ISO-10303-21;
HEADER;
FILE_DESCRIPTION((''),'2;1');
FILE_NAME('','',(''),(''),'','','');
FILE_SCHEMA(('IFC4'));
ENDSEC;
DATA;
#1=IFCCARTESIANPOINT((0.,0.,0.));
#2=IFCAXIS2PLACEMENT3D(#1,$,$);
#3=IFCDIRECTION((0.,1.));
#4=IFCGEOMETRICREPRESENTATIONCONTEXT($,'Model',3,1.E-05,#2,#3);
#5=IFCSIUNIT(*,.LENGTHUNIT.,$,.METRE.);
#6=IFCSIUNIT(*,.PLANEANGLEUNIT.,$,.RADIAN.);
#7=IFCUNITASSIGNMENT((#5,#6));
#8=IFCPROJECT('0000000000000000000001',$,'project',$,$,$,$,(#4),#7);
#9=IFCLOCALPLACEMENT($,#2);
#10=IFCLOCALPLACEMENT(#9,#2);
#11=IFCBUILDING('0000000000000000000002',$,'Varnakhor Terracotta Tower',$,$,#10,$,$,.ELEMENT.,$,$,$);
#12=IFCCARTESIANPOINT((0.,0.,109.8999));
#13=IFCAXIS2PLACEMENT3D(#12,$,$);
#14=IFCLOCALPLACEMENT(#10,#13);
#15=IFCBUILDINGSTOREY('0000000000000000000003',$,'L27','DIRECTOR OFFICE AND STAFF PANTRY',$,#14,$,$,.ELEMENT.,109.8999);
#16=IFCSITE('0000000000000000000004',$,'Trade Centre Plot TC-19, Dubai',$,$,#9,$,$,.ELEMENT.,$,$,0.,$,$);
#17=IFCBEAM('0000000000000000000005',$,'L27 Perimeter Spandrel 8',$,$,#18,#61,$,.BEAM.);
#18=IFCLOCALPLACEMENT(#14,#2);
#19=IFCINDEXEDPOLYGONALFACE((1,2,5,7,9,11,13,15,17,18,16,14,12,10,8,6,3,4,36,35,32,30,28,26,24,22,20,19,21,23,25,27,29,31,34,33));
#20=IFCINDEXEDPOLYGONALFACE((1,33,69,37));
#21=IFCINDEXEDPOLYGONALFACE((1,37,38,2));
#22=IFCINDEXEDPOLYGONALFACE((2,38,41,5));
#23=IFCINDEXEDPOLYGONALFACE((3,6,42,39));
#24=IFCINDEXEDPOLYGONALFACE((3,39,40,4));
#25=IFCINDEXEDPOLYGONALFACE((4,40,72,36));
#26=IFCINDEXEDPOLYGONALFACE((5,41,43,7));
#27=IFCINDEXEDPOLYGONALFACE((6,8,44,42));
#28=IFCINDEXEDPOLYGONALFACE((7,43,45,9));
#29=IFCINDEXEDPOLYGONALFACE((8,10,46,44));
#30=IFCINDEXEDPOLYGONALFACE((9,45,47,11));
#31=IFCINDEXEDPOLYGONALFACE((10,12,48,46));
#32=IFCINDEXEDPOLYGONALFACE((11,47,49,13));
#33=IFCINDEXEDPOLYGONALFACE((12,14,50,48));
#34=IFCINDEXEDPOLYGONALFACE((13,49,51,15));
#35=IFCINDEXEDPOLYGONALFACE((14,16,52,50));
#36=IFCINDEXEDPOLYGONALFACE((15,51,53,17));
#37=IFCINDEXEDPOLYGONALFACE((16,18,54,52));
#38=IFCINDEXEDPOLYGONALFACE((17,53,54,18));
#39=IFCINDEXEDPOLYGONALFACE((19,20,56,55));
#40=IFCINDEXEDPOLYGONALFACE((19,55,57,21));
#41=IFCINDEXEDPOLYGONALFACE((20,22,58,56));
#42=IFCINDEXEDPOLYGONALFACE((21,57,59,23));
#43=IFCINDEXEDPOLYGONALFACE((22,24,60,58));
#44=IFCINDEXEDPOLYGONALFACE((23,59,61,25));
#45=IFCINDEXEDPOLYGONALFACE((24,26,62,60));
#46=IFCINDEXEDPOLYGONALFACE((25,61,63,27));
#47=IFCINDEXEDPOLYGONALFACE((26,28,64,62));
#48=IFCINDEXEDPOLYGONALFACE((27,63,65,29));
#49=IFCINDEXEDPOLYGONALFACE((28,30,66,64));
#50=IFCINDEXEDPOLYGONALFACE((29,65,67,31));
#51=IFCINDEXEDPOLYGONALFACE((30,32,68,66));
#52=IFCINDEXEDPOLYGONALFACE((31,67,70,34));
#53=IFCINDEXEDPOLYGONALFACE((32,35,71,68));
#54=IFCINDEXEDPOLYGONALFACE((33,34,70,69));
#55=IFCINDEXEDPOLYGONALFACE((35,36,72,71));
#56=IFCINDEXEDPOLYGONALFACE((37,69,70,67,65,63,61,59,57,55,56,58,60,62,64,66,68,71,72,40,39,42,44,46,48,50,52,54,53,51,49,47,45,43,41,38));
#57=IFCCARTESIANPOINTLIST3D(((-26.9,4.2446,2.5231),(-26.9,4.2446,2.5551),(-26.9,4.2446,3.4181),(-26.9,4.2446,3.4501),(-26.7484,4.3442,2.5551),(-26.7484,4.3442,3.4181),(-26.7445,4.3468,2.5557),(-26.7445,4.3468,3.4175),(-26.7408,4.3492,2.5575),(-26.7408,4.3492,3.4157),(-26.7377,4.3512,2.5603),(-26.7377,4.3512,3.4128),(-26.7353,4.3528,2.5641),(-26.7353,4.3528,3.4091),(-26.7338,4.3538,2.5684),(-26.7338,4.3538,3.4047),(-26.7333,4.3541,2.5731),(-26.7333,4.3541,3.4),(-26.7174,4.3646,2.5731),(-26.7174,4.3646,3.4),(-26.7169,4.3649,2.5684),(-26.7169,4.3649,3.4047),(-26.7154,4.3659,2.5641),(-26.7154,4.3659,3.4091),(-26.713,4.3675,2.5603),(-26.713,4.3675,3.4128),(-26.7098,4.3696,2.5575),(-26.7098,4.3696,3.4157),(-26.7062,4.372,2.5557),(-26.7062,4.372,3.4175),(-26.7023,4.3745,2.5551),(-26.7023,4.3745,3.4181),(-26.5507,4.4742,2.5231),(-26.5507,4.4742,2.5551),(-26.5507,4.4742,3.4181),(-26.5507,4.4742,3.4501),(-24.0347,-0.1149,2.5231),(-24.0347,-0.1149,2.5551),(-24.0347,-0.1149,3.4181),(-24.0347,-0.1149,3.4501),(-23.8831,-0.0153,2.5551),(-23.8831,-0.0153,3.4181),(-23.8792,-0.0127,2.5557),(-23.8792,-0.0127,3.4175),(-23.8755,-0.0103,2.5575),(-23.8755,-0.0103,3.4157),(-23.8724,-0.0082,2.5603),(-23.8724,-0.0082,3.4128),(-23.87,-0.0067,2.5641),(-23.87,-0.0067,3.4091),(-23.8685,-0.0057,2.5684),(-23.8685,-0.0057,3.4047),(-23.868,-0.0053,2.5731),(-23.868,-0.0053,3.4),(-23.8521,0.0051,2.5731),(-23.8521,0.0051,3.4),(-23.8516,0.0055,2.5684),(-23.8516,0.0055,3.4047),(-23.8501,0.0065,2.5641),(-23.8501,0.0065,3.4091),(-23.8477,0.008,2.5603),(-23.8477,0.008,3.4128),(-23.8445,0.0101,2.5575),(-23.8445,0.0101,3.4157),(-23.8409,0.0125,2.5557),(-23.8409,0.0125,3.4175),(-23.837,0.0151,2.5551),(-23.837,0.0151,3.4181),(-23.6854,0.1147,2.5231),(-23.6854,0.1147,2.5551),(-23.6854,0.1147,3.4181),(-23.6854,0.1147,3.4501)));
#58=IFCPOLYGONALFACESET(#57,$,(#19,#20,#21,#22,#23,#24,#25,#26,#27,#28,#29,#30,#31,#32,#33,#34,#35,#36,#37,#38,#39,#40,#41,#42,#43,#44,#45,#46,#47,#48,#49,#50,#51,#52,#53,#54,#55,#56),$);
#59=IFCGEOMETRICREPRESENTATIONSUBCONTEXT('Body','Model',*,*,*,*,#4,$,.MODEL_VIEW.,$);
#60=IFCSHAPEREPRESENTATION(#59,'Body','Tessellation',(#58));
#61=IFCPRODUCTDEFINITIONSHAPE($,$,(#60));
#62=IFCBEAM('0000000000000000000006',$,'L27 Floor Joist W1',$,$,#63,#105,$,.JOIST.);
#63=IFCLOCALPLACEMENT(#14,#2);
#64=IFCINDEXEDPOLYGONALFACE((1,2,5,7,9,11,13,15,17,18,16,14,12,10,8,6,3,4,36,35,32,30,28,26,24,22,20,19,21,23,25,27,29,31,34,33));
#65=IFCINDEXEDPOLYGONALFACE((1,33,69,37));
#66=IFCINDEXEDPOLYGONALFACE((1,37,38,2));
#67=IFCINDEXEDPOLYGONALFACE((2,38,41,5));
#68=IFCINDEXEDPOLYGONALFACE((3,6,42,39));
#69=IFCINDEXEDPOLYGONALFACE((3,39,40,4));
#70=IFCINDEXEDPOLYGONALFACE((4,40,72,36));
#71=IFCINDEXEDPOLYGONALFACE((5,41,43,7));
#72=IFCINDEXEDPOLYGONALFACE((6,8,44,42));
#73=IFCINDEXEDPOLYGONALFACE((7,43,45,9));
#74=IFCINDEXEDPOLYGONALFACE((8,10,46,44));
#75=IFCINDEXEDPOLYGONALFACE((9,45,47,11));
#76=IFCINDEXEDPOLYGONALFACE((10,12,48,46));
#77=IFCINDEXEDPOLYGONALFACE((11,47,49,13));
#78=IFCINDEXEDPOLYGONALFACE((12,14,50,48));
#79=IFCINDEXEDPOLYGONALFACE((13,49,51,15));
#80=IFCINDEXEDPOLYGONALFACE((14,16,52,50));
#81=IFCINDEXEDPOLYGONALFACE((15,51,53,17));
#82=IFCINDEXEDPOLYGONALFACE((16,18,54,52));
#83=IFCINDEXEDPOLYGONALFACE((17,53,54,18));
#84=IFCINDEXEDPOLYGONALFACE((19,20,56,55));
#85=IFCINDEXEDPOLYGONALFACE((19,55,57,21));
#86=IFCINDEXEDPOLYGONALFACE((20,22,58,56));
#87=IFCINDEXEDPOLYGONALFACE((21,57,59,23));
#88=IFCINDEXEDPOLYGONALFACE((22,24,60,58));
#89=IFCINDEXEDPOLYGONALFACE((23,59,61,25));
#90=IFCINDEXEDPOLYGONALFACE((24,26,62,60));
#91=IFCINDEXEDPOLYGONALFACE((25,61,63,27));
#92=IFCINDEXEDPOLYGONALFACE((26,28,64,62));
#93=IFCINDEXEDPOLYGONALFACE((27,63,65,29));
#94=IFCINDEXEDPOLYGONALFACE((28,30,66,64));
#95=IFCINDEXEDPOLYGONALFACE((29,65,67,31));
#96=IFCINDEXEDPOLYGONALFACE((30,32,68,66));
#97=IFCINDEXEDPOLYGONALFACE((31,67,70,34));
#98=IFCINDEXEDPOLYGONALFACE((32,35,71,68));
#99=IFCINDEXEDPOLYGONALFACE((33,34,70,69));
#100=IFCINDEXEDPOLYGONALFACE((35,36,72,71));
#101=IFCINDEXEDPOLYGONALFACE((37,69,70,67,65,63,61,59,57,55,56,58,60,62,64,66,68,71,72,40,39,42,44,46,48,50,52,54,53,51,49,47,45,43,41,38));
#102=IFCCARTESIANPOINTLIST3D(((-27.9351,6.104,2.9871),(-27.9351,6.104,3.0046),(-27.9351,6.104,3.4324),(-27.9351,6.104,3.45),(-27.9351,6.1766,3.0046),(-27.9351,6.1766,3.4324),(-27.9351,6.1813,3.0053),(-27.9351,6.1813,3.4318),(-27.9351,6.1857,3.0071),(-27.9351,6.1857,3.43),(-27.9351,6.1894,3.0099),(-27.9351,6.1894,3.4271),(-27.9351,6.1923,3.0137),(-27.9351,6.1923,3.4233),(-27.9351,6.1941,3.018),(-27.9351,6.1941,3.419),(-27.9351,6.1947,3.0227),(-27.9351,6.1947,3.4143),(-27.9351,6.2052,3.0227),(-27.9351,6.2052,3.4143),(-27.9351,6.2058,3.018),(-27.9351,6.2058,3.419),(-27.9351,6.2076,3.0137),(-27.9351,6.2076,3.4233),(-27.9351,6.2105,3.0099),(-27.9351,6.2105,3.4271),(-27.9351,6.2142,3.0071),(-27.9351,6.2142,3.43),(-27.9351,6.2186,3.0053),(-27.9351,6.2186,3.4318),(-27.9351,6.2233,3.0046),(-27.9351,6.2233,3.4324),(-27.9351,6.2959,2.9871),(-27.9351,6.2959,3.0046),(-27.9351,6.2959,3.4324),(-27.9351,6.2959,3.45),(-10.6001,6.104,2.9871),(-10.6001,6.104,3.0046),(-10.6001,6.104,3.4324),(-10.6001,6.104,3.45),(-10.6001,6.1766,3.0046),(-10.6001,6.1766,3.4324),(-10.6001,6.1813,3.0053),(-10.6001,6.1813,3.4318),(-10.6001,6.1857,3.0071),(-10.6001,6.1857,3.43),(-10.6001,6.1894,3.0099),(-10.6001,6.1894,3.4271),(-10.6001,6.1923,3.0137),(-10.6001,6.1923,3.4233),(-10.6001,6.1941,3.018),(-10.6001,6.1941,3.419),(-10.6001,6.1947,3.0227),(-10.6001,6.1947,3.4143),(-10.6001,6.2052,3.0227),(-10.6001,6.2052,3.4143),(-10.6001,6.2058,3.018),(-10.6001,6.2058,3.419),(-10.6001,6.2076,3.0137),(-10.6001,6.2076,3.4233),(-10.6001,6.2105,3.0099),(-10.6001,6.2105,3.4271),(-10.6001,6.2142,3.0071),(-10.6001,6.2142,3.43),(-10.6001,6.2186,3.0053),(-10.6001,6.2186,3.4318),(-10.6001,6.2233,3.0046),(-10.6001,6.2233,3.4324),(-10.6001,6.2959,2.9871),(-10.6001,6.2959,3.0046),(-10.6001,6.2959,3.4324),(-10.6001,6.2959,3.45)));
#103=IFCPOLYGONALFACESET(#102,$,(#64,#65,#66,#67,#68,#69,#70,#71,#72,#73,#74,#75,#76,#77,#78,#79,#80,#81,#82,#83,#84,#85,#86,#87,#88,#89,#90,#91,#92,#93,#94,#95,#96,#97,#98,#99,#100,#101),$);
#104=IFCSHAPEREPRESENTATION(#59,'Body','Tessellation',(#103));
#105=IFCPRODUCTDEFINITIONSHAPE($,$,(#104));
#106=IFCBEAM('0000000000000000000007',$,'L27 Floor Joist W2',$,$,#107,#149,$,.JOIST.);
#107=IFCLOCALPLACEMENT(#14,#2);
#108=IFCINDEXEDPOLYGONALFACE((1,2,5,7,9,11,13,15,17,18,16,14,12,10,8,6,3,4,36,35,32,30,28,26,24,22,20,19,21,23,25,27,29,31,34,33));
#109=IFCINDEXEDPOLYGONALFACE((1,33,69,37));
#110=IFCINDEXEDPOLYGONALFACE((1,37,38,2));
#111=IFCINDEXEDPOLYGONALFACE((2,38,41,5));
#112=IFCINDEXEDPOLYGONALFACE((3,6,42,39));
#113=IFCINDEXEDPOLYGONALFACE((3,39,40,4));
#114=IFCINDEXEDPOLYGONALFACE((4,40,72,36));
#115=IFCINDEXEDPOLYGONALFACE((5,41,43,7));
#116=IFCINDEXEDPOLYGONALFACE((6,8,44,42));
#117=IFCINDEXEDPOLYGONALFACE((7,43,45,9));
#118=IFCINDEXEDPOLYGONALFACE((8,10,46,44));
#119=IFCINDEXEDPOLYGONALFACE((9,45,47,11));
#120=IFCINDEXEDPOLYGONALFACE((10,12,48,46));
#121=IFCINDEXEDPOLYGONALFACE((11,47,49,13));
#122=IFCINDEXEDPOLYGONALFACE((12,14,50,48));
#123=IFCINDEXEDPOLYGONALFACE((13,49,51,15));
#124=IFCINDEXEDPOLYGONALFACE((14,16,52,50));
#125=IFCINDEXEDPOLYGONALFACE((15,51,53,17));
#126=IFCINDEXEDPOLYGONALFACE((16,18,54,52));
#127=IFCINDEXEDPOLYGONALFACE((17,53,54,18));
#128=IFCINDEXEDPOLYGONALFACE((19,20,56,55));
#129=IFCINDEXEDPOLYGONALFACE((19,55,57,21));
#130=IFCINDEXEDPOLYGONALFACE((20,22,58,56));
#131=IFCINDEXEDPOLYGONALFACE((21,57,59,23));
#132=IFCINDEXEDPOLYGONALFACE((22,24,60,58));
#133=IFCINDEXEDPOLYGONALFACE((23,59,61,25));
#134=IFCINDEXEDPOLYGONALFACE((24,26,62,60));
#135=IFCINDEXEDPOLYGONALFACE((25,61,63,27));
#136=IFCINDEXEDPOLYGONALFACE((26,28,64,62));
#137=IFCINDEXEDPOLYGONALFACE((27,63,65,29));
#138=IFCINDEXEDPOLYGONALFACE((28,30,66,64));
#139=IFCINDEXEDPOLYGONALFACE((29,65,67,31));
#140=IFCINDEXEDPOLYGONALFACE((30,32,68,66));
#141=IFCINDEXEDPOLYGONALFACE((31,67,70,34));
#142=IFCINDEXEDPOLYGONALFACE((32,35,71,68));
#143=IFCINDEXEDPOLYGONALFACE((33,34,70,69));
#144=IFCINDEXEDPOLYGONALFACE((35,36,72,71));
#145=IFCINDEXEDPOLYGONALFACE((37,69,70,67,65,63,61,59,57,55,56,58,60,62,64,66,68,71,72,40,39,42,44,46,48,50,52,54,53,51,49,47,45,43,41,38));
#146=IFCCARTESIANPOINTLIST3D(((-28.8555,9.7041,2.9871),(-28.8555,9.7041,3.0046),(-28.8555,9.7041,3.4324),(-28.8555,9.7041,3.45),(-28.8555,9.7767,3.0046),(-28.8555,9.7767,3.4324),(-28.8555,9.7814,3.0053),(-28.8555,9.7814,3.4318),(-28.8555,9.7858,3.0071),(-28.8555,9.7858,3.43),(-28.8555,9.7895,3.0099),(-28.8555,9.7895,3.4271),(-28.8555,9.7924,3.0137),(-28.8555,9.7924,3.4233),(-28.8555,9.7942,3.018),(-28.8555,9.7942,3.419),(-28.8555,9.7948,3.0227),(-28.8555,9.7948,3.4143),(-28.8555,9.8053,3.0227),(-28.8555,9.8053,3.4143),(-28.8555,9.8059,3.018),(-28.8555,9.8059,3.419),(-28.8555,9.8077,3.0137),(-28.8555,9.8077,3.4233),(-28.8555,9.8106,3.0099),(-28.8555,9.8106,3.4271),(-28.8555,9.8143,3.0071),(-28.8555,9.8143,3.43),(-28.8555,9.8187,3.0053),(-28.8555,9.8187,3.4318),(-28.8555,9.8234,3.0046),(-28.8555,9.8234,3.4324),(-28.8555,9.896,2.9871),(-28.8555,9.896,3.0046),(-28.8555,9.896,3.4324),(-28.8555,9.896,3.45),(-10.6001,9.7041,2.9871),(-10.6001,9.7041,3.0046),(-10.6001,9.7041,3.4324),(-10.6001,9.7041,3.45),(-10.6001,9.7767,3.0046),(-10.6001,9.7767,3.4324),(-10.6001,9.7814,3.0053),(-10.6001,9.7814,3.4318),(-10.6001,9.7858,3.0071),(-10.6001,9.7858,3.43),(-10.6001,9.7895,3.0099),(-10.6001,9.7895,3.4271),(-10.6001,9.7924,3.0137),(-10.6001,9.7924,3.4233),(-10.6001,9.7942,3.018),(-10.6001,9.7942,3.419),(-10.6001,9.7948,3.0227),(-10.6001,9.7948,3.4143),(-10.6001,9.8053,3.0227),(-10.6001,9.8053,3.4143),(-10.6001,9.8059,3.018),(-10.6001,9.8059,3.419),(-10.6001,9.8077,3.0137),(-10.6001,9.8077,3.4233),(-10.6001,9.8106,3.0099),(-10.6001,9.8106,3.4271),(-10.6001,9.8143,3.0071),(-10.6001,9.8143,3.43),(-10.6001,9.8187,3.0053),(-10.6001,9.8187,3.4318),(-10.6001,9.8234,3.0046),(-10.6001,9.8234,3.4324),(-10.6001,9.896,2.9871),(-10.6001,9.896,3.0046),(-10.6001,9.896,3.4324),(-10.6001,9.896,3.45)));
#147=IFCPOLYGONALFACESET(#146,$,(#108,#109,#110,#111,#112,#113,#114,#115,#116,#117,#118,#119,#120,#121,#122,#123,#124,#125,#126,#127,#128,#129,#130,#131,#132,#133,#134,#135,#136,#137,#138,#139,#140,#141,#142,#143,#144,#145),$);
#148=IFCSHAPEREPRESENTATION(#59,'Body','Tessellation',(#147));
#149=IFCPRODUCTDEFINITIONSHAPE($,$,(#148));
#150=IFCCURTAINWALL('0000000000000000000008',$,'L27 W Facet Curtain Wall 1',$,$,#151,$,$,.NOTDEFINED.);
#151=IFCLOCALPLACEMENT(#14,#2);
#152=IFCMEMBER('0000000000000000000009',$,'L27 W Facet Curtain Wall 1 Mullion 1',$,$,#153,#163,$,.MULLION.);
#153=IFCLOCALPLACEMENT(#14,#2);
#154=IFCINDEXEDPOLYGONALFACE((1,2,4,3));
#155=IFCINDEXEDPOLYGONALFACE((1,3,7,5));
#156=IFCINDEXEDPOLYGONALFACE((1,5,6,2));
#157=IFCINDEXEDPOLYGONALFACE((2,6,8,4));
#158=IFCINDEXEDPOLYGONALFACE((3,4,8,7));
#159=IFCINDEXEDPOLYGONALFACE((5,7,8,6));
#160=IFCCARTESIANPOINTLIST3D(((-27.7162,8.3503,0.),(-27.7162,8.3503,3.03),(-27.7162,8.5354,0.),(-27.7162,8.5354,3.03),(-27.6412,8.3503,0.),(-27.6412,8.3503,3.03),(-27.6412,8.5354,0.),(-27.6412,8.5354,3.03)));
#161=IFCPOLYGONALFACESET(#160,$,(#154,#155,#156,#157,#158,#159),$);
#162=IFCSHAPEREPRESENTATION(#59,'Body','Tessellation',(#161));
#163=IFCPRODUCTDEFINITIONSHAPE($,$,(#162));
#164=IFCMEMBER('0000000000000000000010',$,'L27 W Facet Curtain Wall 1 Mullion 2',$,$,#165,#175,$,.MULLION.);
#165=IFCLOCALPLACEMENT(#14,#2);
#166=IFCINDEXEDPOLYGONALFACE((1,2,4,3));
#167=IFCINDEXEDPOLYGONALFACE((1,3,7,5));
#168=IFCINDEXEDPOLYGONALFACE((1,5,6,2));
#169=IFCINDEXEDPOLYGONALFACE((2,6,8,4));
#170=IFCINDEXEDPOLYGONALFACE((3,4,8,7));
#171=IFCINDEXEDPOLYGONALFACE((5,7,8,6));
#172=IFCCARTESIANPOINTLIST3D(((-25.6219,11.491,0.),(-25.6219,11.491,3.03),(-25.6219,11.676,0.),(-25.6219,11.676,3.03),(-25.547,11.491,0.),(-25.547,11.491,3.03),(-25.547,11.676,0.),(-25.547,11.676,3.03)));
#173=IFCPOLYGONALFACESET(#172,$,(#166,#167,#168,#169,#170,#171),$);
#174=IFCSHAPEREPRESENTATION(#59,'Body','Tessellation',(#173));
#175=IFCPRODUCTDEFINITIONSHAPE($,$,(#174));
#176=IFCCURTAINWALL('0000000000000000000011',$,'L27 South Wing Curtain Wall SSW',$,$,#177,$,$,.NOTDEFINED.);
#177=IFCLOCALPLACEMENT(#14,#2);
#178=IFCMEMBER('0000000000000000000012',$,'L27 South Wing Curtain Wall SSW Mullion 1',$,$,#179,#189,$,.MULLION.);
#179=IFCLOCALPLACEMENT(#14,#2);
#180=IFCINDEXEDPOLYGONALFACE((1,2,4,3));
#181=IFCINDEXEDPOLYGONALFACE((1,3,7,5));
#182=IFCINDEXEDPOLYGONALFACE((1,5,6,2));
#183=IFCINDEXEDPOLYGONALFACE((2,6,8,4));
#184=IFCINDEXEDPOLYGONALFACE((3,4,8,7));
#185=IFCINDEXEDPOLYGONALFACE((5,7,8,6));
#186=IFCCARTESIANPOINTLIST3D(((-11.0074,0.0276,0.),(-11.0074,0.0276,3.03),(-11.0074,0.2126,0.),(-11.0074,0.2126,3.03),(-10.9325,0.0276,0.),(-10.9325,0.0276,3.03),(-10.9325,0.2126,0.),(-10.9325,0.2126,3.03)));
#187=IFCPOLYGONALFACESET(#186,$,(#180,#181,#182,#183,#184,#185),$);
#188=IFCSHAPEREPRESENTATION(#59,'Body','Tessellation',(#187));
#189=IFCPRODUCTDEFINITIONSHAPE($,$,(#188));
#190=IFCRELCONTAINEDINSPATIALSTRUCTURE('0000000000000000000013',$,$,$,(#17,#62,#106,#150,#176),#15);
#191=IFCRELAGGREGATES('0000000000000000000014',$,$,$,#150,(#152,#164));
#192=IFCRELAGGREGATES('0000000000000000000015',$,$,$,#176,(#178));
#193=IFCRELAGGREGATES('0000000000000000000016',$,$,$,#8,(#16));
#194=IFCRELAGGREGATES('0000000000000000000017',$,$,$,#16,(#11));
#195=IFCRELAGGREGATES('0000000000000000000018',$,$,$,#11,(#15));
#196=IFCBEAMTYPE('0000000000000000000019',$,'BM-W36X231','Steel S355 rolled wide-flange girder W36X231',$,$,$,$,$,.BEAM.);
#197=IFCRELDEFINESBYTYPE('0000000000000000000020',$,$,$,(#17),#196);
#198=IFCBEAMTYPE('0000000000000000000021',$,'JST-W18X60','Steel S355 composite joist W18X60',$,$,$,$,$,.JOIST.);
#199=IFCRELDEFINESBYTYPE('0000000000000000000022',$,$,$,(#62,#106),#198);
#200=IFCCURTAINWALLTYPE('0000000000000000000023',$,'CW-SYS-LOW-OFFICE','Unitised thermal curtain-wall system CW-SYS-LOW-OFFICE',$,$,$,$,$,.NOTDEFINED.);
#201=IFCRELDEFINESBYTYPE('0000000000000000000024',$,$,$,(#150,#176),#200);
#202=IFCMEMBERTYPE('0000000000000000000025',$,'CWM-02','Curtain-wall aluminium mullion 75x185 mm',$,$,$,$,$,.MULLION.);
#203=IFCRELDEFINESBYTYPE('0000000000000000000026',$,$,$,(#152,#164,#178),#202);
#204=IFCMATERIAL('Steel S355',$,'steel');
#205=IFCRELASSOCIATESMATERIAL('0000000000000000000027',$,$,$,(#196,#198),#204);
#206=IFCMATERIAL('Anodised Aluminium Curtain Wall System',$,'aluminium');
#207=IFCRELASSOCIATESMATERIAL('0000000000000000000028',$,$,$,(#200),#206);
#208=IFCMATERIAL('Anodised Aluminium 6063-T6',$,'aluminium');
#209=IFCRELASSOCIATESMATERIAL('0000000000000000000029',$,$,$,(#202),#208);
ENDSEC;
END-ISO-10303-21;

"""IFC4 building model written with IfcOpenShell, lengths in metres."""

from ifc_helpers import new_model, si_unit, direction, frame, origin, origin_2d, place, context, subcontext, project, spatial, rectangle, i_section, extrude, source, transform, mapped, material, material_profile, profile_set, type_object, type_shapes, element, aggregate, save


model = new_model("IFC4")

# Units and contexts
model_context = context("Model", 3, precision=1e-05, world=origin(), true_north=direction((0.0, 1.0)))
body_context = subcontext(model_context, "Body", "Model", "MODEL_VIEW")
ifc_project = project(units=[si_unit("LENGTHUNIT", "METRE"), si_unit("PLANEANGLEUNIT", "RADIAN")], contexts=[model_context])

# Site, building, storey
site_placement = place(None, origin())
site = spatial("IfcSite", under=ifc_project, at=site_placement, Name="Trade Centre Plot TC-19, Dubai", CompositionType="ELEMENT", RefElevation=0.0)
building_placement = place(site_placement, origin())
building = spatial("IfcBuilding", under=site, at=building_placement, Name="Varnakhor Terracotta Tower", CompositionType="ELEMENT")
storey_placement = place(building_placement, frame((0.0, 0.0, 109.8999)))
storey = spatial("IfcBuildingStorey", under=building, at=storey_placement, Name="L27", Description="DIRECTOR OFFICE AND STAFF PANTRY", CompositionType="ELEMENT", Elevation=109.8999)

# Beams
ifc_material_1 = material(Name="Steel S355", Category="steel")
ifc_material_profile_1 = material_profile(ifc_material_1, i_section(OverallWidth=0.418, OverallDepth=0.927, WebThickness=0.019, FlangeThickness=0.032, FilletRadius=0.0181, at=origin_2d()), Name="W36X231")
ifc_profile_set_1 = profile_set([ifc_material_profile_1], Name="Steel S355")
beam_type_1 = type_object("IfcBeamType", Name="BM-W36X231", Description="Steel S355 rolled wide-flange girder W36X231", PredefinedType="BEAM", material=ifc_profile_set_1)
shared_shape_1 = source(origin(), body_context, "Body", "SweptSolid", [
    extrude(i_section(OverallWidth=0.418, OverallDepth=0.927, WebThickness=0.019, FlangeThickness=0.032, FilletRadius=0.0181, at=origin_2d()), origin(), (0.0, 0.0, 1.0), 5.2168),
])
beam_1_placement = place(storey_placement, frame((-26.7253, 4.3594, 2.9866), z_axis=(0.549245, -0.835661, 0.0), x_axis=(0.835661, 0.549245, 0.0)))
element("IfcBeam", 1, at=beam_1_placement, inside=storey, type_object=beam_type_1, Name="L27 Perimeter Spandrel 8", PredefinedType="BEAM", context=body_context, shape_type="MappedRepresentation", body=[
    mapped(shared_shape_1, transform((0.0, 0.0, 0.0), scale=1.0)),
])
ifc_material_profile_2 = material_profile(ifc_material_1, i_section(OverallWidth=0.1919, OverallDepth=0.4629, WebThickness=0.0105, FlangeThickness=0.0176, FilletRadius=0.0181, at=origin_2d()), Name="W18X60")
ifc_profile_set_2 = profile_set([ifc_material_profile_2], Name="Steel S355")
beam_type_2 = type_object("IfcBeamType", Name="JST-W18X60", Description="Steel S355 composite joist W18X60", PredefinedType="JOIST", material=ifc_profile_set_2)
shared_shape_2 = source(origin(), body_context, "Body", "SweptSolid", [
    extrude(i_section(OverallWidth=0.1919, OverallDepth=0.4629, WebThickness=0.0105, FlangeThickness=0.0176, FilletRadius=0.0181, at=origin_2d()), origin(), (0.0, 0.0, 1.0), 17.335),
])
beam_2_placement = place(storey_placement, frame((-27.9351, 6.2, 3.2185), z_axis=(1.0, 0.0, 0.0), x_axis=(0.0, 1.0, 0.0)))
element("IfcBeam", 2, at=beam_2_placement, inside=storey, type_object=beam_type_2, Name="L27 Floor Joist W1", PredefinedType="JOIST", context=body_context, shape_type="MappedRepresentation", body=[
    mapped(shared_shape_2, transform((0.0, 0.0, 0.0), scale=1.0)),
])
shared_shape_3 = source(origin(), body_context, "Body", "SweptSolid", [
    extrude(i_section(OverallWidth=0.1919, OverallDepth=0.4629, WebThickness=0.0105, FlangeThickness=0.0176, FilletRadius=0.0181, at=origin_2d()), origin(), (0.0, 0.0, 1.0), 18.2554),
])
beam_3_placement = place(storey_placement, frame((-28.8555, 9.8, 3.2185), z_axis=(1.0, 0.0, 0.0), x_axis=(0.0, 1.0, 0.0)))
element("IfcBeam", 3, at=beam_3_placement, inside=storey, type_object=beam_type_2, Name="L27 Floor Joist W2", PredefinedType="JOIST", context=body_context, shape_type="MappedRepresentation", body=[
    mapped(shared_shape_3, transform((0.0, 0.0, 0.0), scale=1.0)),
])

# Curtain walls, members
ifc_material_2 = material(Name="Anodised Aluminium Curtain Wall System", Category="aluminium")
curtain_wall_type = type_object("IfcCurtainWallType", Name="CW-SYS-LOW-OFFICE", Description="Unitised thermal curtain-wall system CW-SYS-LOW-OFFICE", PredefinedType="NOTDEFINED", material=ifc_material_2)
curtain_wall_1_placement = place(storey_placement, origin())
curtain_wall_1 = element("IfcCurtainWall", 4, at=curtain_wall_1_placement, inside=storey, type_object=curtain_wall_type, Name="L27 W Facet Curtain Wall 1", PredefinedType="NOTDEFINED")
ifc_material_3 = material(Name="Anodised Aluminium 6063-T6", Category="aluminium")
ifc_material_profile_3 = material_profile(ifc_material_3, rectangle(XDim=0.075, YDim=0.1851, at=origin_2d()), Name="ALU MULLION 75x185")
ifc_profile_set_3 = profile_set([ifc_material_profile_3], Name="Anodised Aluminium 6063-T6")
member_type_1 = type_object("IfcMemberType", Name="CWM-02", Description="Curtain-wall aluminium mullion 75x185 mm", PredefinedType="MULLION", material=ifc_profile_set_3)
shared_shape_4 = source(origin(), body_context, "Body", "SweptSolid", [
    extrude(rectangle(XDim=0.075, YDim=0.1851, at=origin_2d()), origin(), (0.0, 0.0, 1.0), 3.03),
])
type_shapes(member_type_1, [shared_shape_4])
member_1_placement = place(storey_placement, frame((-27.6787, 8.4429, 0.0), z_axis=(0.0, 0.0, 1.0), x_axis=(1.0, 0.0, 0.0)))
member_1 = element("IfcMember", 5, at=member_1_placement, type_object=member_type_1, Name="L27 W Facet Curtain Wall 1 Mullion 1", PredefinedType="MULLION", context=body_context, shape_type="MappedRepresentation", body=[
    mapped(shared_shape_4, transform((0.0, 0.0, 0.0), scale=1.0)),
])
member_2_placement = place(storey_placement, frame((-25.5845, 11.5835, 0.0), z_axis=(0.0, 0.0, 1.0), x_axis=(1.0, 0.0, 0.0)))
member_2 = element("IfcMember", 6, at=member_2_placement, type_object=member_type_1, Name="L27 W Facet Curtain Wall 1 Mullion 2", PredefinedType="MULLION", context=body_context, shape_type="MappedRepresentation", body=[
    mapped(shared_shape_4, transform((0.0, 0.0, 0.0), scale=1.0)),
])
curtain_wall_2_placement = place(storey_placement, origin())
curtain_wall_2 = element("IfcCurtainWall", 7, at=curtain_wall_2_placement, inside=storey, type_object=curtain_wall_type, Name="L27 South Wing Curtain Wall SSW", PredefinedType="NOTDEFINED")
member_3_placement = place(storey_placement, frame((-10.97, 0.1201, 0.0), z_axis=(0.0, 0.0, 1.0), x_axis=(1.0, 0.0, 0.0)))
member_3 = element("IfcMember", 8, at=member_3_placement, type_object=member_type_1, Name="L27 South Wing Curtain Wall SSW Mullion 1", PredefinedType="MULLION", context=body_context, shape_type="MappedRepresentation", body=[
    mapped(shared_shape_4, transform((0.0, 0.0, 0.0), scale=1.0)),
])

aggregate(curtain_wall_1, [member_1, member_2])
aggregate(curtain_wall_2, [member_3])

save(model, "model.ifc")
